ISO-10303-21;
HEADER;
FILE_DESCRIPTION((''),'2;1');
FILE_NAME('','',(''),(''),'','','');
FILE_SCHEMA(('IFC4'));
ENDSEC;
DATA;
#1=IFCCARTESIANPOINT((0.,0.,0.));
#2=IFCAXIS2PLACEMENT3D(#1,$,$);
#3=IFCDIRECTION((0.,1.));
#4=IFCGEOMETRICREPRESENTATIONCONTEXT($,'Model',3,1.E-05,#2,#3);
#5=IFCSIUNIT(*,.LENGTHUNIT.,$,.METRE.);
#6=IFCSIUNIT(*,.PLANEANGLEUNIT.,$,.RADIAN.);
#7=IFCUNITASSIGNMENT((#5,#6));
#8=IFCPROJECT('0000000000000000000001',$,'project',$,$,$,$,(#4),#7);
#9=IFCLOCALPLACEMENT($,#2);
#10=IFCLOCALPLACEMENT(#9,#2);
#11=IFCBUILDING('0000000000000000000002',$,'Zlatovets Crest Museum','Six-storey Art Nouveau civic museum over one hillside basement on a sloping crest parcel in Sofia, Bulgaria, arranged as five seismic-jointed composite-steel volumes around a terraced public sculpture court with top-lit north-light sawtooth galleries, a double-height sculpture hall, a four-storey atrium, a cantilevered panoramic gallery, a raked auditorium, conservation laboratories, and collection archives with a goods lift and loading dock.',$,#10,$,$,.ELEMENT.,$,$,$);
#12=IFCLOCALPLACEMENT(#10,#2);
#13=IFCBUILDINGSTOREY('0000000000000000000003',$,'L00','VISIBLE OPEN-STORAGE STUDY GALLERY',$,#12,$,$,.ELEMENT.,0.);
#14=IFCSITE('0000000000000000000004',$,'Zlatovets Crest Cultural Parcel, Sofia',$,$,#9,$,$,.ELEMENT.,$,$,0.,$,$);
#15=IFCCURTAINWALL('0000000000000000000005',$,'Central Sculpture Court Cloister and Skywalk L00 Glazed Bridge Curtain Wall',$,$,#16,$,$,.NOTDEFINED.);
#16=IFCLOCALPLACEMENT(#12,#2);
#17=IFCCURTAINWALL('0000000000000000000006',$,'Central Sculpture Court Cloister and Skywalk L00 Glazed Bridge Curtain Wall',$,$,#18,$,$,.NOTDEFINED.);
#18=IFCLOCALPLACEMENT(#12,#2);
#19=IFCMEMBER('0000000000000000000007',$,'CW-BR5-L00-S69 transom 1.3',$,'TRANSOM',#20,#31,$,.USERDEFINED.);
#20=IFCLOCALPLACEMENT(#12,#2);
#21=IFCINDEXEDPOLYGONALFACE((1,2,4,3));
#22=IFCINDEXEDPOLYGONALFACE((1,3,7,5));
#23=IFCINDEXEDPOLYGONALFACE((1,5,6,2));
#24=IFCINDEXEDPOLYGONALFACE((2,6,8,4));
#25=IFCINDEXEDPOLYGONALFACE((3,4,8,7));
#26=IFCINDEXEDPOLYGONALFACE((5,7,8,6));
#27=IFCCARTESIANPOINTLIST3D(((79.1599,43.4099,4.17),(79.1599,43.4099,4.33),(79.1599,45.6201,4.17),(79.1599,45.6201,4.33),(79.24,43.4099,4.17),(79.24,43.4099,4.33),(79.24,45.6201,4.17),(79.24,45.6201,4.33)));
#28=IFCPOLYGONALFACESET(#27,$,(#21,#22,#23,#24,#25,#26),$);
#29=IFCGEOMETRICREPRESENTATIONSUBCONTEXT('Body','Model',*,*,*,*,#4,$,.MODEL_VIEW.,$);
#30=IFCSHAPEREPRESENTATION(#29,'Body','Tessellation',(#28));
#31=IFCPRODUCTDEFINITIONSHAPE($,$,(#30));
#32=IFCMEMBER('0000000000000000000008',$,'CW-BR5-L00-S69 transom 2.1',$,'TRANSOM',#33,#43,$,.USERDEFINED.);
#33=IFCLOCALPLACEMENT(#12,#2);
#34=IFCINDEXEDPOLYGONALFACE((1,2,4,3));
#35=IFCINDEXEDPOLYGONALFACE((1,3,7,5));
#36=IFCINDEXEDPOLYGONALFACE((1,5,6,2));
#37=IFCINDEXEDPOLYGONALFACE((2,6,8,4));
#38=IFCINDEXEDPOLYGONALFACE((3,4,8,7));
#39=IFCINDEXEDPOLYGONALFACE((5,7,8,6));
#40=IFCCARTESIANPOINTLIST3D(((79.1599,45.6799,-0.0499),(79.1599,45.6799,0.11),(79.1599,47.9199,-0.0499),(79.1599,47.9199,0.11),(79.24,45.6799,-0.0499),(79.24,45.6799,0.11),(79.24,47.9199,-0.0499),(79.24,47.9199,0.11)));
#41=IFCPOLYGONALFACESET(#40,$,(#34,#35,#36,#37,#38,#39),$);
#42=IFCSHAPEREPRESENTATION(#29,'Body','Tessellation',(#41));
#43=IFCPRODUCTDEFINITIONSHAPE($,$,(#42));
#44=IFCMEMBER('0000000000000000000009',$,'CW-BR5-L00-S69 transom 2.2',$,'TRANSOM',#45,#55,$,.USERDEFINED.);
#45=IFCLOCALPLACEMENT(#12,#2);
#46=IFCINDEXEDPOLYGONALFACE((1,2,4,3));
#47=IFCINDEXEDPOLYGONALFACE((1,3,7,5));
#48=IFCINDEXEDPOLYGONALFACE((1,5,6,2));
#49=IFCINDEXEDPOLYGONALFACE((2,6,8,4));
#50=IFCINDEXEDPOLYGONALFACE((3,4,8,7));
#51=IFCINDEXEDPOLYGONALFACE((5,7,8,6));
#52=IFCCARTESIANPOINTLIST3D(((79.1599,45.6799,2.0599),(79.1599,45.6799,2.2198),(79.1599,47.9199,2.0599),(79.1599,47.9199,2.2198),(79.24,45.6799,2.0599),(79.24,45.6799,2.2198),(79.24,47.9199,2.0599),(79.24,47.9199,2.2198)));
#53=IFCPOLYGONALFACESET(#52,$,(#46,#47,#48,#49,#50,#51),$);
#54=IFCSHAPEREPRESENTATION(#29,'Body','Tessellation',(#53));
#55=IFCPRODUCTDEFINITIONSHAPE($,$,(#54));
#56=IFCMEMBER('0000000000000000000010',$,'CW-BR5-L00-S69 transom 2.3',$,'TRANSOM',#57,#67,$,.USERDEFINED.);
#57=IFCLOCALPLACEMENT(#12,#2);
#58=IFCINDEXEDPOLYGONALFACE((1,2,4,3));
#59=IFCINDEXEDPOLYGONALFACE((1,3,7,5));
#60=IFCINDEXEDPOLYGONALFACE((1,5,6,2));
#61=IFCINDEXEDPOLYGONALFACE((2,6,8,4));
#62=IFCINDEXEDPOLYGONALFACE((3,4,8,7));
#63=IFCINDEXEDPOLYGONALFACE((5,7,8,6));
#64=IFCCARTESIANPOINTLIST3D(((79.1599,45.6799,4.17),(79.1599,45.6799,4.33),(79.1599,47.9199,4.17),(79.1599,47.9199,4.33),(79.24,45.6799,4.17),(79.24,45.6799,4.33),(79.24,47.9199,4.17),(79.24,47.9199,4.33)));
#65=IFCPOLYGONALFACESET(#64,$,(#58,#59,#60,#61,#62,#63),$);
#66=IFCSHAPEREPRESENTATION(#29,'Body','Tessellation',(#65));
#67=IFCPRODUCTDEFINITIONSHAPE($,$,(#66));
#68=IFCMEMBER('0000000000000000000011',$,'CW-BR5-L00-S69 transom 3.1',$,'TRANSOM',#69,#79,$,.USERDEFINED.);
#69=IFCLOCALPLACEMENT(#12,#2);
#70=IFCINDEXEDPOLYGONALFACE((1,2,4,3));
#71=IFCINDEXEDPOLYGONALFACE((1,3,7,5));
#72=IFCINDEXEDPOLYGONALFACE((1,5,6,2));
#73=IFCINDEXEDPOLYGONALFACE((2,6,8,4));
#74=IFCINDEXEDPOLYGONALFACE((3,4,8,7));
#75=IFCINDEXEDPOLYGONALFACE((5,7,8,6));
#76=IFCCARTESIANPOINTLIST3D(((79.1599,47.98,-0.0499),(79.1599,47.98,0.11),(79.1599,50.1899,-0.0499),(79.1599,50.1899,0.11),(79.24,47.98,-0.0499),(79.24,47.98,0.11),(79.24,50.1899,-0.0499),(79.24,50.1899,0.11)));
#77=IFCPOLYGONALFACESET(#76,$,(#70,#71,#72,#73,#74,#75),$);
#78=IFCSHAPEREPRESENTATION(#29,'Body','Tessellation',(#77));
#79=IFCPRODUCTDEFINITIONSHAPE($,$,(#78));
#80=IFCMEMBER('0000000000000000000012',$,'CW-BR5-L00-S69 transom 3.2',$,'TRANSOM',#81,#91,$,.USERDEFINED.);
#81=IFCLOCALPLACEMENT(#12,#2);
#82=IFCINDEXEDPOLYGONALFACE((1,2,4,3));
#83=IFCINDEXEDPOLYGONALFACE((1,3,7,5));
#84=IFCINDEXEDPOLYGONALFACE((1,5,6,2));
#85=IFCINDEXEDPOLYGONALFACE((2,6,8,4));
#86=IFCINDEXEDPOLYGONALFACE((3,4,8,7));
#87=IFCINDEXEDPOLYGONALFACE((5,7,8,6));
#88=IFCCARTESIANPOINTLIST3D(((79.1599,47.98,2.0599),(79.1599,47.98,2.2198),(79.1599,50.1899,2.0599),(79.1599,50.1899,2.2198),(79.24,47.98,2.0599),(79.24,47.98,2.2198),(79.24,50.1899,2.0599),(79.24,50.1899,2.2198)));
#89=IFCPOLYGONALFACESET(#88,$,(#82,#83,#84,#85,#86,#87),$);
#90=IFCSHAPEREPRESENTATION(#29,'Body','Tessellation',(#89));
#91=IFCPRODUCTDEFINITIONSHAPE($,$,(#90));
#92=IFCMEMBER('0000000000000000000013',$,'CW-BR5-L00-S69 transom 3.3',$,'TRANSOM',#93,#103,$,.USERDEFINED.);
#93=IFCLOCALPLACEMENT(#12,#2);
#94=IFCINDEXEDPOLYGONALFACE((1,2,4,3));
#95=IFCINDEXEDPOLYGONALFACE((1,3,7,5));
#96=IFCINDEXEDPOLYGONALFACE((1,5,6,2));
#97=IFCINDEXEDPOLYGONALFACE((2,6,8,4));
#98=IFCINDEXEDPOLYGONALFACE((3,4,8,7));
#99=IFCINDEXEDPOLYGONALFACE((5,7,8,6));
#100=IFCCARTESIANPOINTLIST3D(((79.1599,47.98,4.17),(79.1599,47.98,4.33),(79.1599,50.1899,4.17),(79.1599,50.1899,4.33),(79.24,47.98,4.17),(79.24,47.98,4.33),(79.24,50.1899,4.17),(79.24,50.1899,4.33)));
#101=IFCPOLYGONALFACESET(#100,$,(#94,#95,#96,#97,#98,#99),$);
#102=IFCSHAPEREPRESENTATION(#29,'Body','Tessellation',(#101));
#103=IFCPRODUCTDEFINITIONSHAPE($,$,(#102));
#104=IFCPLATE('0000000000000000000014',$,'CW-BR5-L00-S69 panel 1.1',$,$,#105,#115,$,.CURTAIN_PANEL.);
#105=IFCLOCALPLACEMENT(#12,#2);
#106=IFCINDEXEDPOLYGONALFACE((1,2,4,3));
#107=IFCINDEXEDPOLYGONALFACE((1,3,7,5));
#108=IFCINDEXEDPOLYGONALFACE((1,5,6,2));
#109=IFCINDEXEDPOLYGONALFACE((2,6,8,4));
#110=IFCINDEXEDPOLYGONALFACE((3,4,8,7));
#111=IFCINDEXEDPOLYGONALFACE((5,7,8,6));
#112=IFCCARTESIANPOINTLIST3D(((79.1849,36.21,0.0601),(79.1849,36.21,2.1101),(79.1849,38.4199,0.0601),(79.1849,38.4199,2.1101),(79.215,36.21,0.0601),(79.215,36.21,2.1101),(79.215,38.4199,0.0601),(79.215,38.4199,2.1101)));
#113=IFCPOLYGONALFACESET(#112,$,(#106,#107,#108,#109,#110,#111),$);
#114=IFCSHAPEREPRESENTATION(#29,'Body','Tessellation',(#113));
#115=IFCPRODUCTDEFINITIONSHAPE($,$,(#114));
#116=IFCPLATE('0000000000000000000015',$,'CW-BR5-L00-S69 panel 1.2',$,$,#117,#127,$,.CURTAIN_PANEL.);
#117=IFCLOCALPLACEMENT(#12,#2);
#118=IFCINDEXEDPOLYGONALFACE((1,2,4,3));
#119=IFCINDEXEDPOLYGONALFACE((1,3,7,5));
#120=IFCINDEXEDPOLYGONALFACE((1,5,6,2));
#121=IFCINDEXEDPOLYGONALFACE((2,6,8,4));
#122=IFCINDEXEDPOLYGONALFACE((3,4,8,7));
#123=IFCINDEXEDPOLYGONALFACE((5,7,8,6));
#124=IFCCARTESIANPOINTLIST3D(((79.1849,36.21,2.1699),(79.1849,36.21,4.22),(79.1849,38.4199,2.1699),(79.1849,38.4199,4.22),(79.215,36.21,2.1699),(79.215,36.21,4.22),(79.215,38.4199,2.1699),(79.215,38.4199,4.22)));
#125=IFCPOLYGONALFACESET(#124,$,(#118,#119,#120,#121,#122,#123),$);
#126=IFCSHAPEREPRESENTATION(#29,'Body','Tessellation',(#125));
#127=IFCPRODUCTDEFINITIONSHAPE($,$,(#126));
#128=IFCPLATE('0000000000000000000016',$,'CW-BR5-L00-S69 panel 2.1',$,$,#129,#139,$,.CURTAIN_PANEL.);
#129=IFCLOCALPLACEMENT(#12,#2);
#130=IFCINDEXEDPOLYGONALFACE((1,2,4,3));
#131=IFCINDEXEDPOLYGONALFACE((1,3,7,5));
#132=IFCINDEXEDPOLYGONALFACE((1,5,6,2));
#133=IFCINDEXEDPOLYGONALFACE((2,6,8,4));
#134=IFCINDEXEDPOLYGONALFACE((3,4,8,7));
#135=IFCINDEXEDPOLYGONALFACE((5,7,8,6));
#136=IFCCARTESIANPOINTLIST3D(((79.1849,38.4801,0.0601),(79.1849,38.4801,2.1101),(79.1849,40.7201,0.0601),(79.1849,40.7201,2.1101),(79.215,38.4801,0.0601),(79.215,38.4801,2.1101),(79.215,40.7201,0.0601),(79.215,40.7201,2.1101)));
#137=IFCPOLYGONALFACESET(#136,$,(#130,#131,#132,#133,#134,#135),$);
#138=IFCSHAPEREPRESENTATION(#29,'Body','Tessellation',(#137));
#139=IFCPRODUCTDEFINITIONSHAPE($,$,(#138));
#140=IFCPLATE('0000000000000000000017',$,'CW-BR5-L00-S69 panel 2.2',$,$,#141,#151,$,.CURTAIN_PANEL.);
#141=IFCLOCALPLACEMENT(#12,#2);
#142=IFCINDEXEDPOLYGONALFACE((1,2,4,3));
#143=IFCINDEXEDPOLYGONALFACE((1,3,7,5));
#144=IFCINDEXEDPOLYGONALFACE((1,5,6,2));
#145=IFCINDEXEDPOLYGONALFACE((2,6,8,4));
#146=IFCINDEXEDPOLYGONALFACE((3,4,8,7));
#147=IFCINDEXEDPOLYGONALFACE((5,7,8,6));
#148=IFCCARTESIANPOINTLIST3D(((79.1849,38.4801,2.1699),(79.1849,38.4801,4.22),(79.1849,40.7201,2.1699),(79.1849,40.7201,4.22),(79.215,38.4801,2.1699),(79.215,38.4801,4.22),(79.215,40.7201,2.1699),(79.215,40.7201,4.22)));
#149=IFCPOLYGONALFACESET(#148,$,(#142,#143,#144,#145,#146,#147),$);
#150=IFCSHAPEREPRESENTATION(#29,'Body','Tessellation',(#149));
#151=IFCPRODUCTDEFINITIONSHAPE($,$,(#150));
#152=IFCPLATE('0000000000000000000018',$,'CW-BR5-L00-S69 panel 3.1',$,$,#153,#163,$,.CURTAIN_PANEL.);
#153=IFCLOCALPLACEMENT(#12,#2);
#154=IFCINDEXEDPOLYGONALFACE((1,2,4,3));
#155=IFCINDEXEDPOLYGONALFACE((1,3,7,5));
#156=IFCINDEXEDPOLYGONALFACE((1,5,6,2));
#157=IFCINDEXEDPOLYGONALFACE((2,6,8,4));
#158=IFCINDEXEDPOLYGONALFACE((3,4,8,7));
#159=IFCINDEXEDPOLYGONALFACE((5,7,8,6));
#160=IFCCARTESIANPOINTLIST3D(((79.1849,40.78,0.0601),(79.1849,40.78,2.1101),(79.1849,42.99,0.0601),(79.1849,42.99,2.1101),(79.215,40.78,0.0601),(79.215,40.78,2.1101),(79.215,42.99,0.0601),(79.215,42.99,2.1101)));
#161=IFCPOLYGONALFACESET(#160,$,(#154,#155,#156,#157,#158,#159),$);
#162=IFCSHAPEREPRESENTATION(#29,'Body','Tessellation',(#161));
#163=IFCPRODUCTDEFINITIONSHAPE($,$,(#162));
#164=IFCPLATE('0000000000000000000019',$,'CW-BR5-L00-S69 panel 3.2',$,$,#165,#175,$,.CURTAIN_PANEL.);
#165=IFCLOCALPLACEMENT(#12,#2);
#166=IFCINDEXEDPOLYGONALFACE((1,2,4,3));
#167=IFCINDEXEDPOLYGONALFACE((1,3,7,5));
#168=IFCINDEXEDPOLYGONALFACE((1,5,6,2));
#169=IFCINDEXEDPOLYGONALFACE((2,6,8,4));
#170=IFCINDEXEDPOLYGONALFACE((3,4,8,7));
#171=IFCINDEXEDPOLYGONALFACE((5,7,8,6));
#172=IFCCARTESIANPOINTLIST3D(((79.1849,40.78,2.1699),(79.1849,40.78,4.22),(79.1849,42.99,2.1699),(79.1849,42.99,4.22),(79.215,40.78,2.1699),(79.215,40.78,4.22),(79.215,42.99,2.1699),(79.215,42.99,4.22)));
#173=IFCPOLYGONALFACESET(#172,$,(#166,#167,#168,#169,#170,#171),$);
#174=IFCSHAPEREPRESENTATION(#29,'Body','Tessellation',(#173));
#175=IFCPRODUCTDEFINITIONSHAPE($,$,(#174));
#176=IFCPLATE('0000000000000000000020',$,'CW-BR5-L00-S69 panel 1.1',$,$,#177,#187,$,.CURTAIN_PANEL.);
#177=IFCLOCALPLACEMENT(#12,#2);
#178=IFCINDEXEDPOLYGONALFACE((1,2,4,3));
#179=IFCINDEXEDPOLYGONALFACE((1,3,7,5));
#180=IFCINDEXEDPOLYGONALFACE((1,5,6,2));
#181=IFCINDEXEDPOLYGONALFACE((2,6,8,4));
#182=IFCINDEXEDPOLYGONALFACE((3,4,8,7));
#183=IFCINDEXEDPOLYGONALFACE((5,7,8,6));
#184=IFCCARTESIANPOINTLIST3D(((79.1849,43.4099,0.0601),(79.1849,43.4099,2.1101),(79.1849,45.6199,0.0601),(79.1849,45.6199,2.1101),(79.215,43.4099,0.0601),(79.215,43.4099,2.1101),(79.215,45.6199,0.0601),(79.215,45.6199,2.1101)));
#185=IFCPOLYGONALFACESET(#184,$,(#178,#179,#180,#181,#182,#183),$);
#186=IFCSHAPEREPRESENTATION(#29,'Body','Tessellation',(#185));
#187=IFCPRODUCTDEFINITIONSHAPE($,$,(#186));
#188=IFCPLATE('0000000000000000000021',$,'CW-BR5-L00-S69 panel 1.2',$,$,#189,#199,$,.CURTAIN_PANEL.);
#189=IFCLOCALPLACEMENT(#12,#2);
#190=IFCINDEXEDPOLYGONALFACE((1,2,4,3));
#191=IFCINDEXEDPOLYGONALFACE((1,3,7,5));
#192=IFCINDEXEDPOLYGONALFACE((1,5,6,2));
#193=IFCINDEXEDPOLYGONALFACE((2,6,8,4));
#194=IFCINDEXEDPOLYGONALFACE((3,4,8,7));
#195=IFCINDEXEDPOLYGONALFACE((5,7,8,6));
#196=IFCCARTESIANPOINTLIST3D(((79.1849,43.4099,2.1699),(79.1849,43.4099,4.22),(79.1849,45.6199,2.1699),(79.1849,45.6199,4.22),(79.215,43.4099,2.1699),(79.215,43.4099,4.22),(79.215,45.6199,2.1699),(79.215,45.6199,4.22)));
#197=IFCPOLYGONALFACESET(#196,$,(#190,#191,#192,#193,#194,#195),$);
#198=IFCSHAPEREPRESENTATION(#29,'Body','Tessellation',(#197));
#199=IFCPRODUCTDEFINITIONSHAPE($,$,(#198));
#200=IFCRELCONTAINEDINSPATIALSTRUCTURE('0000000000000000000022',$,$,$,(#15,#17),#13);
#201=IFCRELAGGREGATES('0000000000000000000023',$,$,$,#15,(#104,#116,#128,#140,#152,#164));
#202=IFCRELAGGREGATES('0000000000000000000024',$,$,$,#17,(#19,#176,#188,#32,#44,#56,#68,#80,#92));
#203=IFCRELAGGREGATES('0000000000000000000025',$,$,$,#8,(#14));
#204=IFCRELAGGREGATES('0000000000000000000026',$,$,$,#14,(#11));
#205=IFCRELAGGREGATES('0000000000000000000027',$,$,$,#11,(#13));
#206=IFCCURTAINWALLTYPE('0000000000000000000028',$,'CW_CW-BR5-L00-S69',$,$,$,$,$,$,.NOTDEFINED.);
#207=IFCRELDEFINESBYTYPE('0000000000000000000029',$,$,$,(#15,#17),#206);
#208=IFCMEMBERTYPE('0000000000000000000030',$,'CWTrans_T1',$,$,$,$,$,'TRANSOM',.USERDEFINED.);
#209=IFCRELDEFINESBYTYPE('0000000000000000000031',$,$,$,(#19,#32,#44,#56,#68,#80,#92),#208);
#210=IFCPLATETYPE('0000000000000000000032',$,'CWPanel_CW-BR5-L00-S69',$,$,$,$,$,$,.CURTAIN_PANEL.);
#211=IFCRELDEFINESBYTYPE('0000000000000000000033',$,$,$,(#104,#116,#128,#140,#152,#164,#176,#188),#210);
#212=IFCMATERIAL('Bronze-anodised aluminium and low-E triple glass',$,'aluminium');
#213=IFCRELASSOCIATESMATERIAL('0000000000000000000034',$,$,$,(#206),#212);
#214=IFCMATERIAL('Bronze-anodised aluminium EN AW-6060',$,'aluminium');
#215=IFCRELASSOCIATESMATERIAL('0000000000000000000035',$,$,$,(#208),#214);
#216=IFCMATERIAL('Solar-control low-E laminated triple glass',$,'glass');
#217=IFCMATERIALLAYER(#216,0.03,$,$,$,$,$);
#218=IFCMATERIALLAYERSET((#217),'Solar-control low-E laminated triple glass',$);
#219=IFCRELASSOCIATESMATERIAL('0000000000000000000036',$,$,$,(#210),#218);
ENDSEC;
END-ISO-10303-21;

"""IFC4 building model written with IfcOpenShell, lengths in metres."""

from ifc_helpers import new_model, si_unit, direction, frame, origin, origin_2d, place, context, subcontext, project, spatial, rectangle, extrude, material, layer, layer_set, material_profile, profile_set, type_object, element, aggregate, save


model = new_model("IFC4")

# Units and contexts
model_context = context("Model", 3, precision=1e-05, world=origin(), true_north=direction((0.0, 1.0)))
body_context = subcontext(model_context, "Body", "Model", "MODEL_VIEW")
ifc_project = project(units=[si_unit("LENGTHUNIT", "METRE"), si_unit("PLANEANGLEUNIT", "RADIAN")], contexts=[model_context])

# Site, building, storey
site_placement = place(None, origin())
site = spatial("IfcSite", under=ifc_project, at=site_placement, Name="Zlatovets Crest Cultural Parcel, Sofia", CompositionType="ELEMENT", RefElevation=0.0)
building_placement = place(site_placement, origin())
building = spatial("IfcBuilding", under=site, at=building_placement, Name="Zlatovets Crest Museum", Description="Six-storey Art Nouveau civic museum over one hillside basement on a sloping crest parcel in Sofia, Bulgaria, arranged as five seismic-jointed composite-steel volumes around a terraced public sculpture court with top-lit north-light sawtooth galleries, a double-height sculpture hall, a four-storey atrium, a cantilevered panoramic gallery, a raked auditorium, conservation laboratories, and collection archives with a goods lift and loading dock.", CompositionType="ELEMENT")
storey_placement = place(building_placement, origin())
storey = spatial("IfcBuildingStorey", under=building, at=storey_placement, Name="L00", Description="VISIBLE OPEN-STORAGE STUDY GALLERY", CompositionType="ELEMENT", Elevation=0.0)

# Curtain walls
ifc_material_1 = material(Name="Bronze-anodised aluminium and low-E triple glass", Category="aluminium")
curtain_wall_type = type_object("IfcCurtainWallType", Name="CW_CW-BR5-L00-S69", PredefinedType="NOTDEFINED", material=ifc_material_1)
curtain_wall_1_placement = place(storey_placement, origin())
curtain_wall_1 = element("IfcCurtainWall", 1, at=curtain_wall_1_placement, inside=storey, type_object=curtain_wall_type, Name="Central Sculpture Court Cloister and Skywalk L00 Glazed Bridge Curtain Wall", PredefinedType="NOTDEFINED")
ifc_material_2 = material(Name="Bronze-anodised aluminium EN AW-6060", Category="aluminium")
curtain_wall_2_placement = place(storey_placement, origin())
curtain_wall_2 = element("IfcCurtainWall", 2, at=curtain_wall_2_placement, inside=storey, type_object=curtain_wall_type, Name="Central Sculpture Court Cloister and Skywalk L00 Glazed Bridge Curtain Wall", PredefinedType="NOTDEFINED")

# Members
ifc_material_profile_1 = material_profile(ifc_material_2, rectangle(XDim=0.0801, YDim=0.1599, at=origin_2d()), Name="ALU 80x160")
ifc_profile_set_1 = profile_set([ifc_material_profile_1], Name="Bronze-anodised aluminium EN AW-6060")
member_type_1 = type_object("IfcMemberType", Name="CWTrans_T1", ElementType="TRANSOM", PredefinedType="USERDEFINED", material=ifc_profile_set_1)
member_1_placement = place(storey_placement, frame((79.2, 43.4099, 4.25), z_axis=(0.0, 1.0, 0.0), x_axis=(-1.0, 0.0, 0.0)))
member_1 = element("IfcMember", 3, at=member_1_placement, type_object=member_type_1, Name="CW-BR5-L00-S69 transom 1.3", ObjectType="TRANSOM", PredefinedType="USERDEFINED", context=body_context, shape_type="SweptSolid", body=[
    extrude(rectangle(XDim=0.0801, YDim=0.1599, at=origin_2d()), origin(), (0.0, 0.0, 1.0), 2.2102),
])
member_2_placement = place(storey_placement, frame((79.2, 45.6799, 0.03), z_axis=(0.0, 1.0, 0.0), x_axis=(-1.0, 0.0, 0.0)))
member_2 = element("IfcMember", 4, at=member_2_placement, type_object=member_type_1, Name="CW-BR5-L00-S69 transom 2.1", ObjectType="TRANSOM", PredefinedType="USERDEFINED", context=body_context, shape_type="SweptSolid", body=[
    extrude(rectangle(XDim=0.0801, YDim=0.1599, at=origin_2d()), origin(), (0.0, 0.0, 1.0), 2.24),
])
member_3_placement = place(storey_placement, frame((79.2, 45.6799, 2.1399), z_axis=(0.0, 1.0, 0.0), x_axis=(-1.0, 0.0, 0.0)))
member_3 = element("IfcMember", 5, at=member_3_placement, type_object=member_type_1, Name="CW-BR5-L00-S69 transom 2.2", ObjectType="TRANSOM", PredefinedType="USERDEFINED", context=body_context, shape_type="SweptSolid", body=[
    extrude(rectangle(XDim=0.0801, YDim=0.1599, at=origin_2d()), origin(), (0.0, 0.0, 1.0), 2.24),
])
member_4_placement = place(storey_placement, frame((79.2, 45.6799, 4.25), z_axis=(0.0, 1.0, 0.0), x_axis=(-1.0, 0.0, 0.0)))
member_4 = element("IfcMember", 6, at=member_4_placement, type_object=member_type_1, Name="CW-BR5-L00-S69 transom 2.3", ObjectType="TRANSOM", PredefinedType="USERDEFINED", context=body_context, shape_type="SweptSolid", body=[
    extrude(rectangle(XDim=0.0801, YDim=0.1599, at=origin_2d()), origin(), (0.0, 0.0, 1.0), 2.24),
])
member_5_placement = place(storey_placement, frame((79.2, 47.98, 0.03), z_axis=(0.0, 1.0, 0.0), x_axis=(-1.0, 0.0, 0.0)))
member_5 = element("IfcMember", 7, at=member_5_placement, type_object=member_type_1, Name="CW-BR5-L00-S69 transom 3.1", ObjectType="TRANSOM", PredefinedType="USERDEFINED", context=body_context, shape_type="SweptSolid", body=[
    extrude(rectangle(XDim=0.0801, YDim=0.1599, at=origin_2d()), origin(), (0.0, 0.0, 1.0), 2.21),
])
member_6_placement = place(storey_placement, frame((79.2, 47.98, 2.1399), z_axis=(0.0, 1.0, 0.0), x_axis=(-1.0, 0.0, 0.0)))
member_6 = element("IfcMember", 8, at=member_6_placement, type_object=member_type_1, Name="CW-BR5-L00-S69 transom 3.2", ObjectType="TRANSOM", PredefinedType="USERDEFINED", context=body_context, shape_type="SweptSolid", body=[
    extrude(rectangle(XDim=0.0801, YDim=0.1599, at=origin_2d()), origin(), (0.0, 0.0, 1.0), 2.21),
])
member_7_placement = place(storey_placement, frame((79.2, 47.98, 4.25), z_axis=(0.0, 1.0, 0.0), x_axis=(-1.0, 0.0, 0.0)))
member_7 = element("IfcMember", 9, at=member_7_placement, type_object=member_type_1, Name="CW-BR5-L00-S69 transom 3.3", ObjectType="TRANSOM", PredefinedType="USERDEFINED", context=body_context, shape_type="SweptSolid", body=[
    extrude(rectangle(XDim=0.0801, YDim=0.1599, at=origin_2d()), origin(), (0.0, 0.0, 1.0), 2.21),
])

# Plates
ifc_material_3 = material(Name="Solar-control low-E laminated triple glass", Category="glass")
ifc_layer = layer(ifc_material_3, 0.03)
ifc_layer_set = layer_set([ifc_layer], Name="Solar-control low-E laminated triple glass")
plate_type = type_object("IfcPlateType", Name="CWPanel_CW-BR5-L00-S69", PredefinedType="CURTAIN_PANEL", material=ifc_layer_set)
plate_1_placement = place(storey_placement, frame((79.2, 37.3149, 0.0601), z_axis=(0.0, 0.0, 1.0), x_axis=(0.0, 1.0, 0.0)))
plate_1 = element("IfcPlate", 10, at=plate_1_placement, type_object=plate_type, Name="CW-BR5-L00-S69 panel 1.1", PredefinedType="CURTAIN_PANEL", context=body_context, shape_type="SweptSolid", body=[
    extrude(rectangle(XDim=2.21, YDim=0.03, at=origin_2d()), origin(), (0.0, 0.0, 1.0), 2.05),
])
plate_2_placement = place(storey_placement, frame((79.2, 37.3149, 2.1699), z_axis=(0.0, 0.0, 1.0), x_axis=(0.0, 1.0, 0.0)))
plate_2 = element("IfcPlate", 11, at=plate_2_placement, type_object=plate_type, Name="CW-BR5-L00-S69 panel 1.2", PredefinedType="CURTAIN_PANEL", context=body_context, shape_type="SweptSolid", body=[
    extrude(rectangle(XDim=2.21, YDim=0.03, at=origin_2d()), origin(), (0.0, 0.0, 1.0), 2.05),
])
plate_3_placement = place(storey_placement, frame((79.2, 39.6001, 0.0601), z_axis=(0.0, 0.0, 1.0), x_axis=(0.0, 1.0, 0.0)))
plate_3 = element("IfcPlate", 12, at=plate_3_placement, type_object=plate_type, Name="CW-BR5-L00-S69 panel 2.1", PredefinedType="CURTAIN_PANEL", context=body_context, shape_type="SweptSolid", body=[
    extrude(rectangle(XDim=2.24, YDim=0.03, at=origin_2d()), origin(), (0.0, 0.0, 1.0), 2.05),
])
plate_4_placement = place(storey_placement, frame((79.2, 39.6001, 2.1699), z_axis=(0.0, 0.0, 1.0), x_axis=(0.0, 1.0, 0.0)))
plate_4 = element("IfcPlate", 13, at=plate_4_placement, type_object=plate_type, Name="CW-BR5-L00-S69 panel 2.2", PredefinedType="CURTAIN_PANEL", context=body_context, shape_type="SweptSolid", body=[
    extrude(rectangle(XDim=2.24, YDim=0.03, at=origin_2d()), origin(), (0.0, 0.0, 1.0), 2.05),
])
plate_5_placement = place(storey_placement, frame((79.2, 41.885, 0.0601), z_axis=(0.0, 0.0, 1.0), x_axis=(0.0, 1.0, 0.0)))
plate_5 = element("IfcPlate", 14, at=plate_5_placement, type_object=plate_type, Name="CW-BR5-L00-S69 panel 3.1", PredefinedType="CURTAIN_PANEL", context=body_context, shape_type="SweptSolid", body=[
    extrude(rectangle(XDim=2.21, YDim=0.03, at=origin_2d()), origin(), (0.0, 0.0, 1.0), 2.05),
])
plate_6_placement = place(storey_placement, frame((79.2, 41.885, 2.1699), z_axis=(0.0, 0.0, 1.0), x_axis=(0.0, 1.0, 0.0)))
plate_6 = element("IfcPlate", 15, at=plate_6_placement, type_object=plate_type, Name="CW-BR5-L00-S69 panel 3.2", PredefinedType="CURTAIN_PANEL", context=body_context, shape_type="SweptSolid", body=[
    extrude(rectangle(XDim=2.21, YDim=0.03, at=origin_2d()), origin(), (0.0, 0.0, 1.0), 2.05),
])
aggregate(curtain_wall_1, [plate_1, plate_2, plate_3, plate_4, plate_5, plate_6])
plate_7_placement = place(storey_placement, frame((79.2, 44.5149, 0.0601), z_axis=(0.0, 0.0, 1.0), x_axis=(0.0, 1.0, 0.0)))
plate_7 = element("IfcPlate", 16, at=plate_7_placement, type_object=plate_type, Name="CW-BR5-L00-S69 panel 1.1", PredefinedType="CURTAIN_PANEL", context=body_context, shape_type="SweptSolid", body=[
    extrude(rectangle(XDim=2.21, YDim=0.03, at=origin_2d()), origin(), (0.0, 0.0, 1.0), 2.05),
])
plate_8_placement = place(storey_placement, frame((79.2, 44.5149, 2.1699), z_axis=(0.0, 0.0, 1.0), x_axis=(0.0, 1.0, 0.0)))
plate_8 = element("IfcPlate", 17, at=plate_8_placement, type_object=plate_type, Name="CW-BR5-L00-S69 panel 1.2", PredefinedType="CURTAIN_PANEL", context=body_context, shape_type="SweptSolid", body=[
    extrude(rectangle(XDim=2.21, YDim=0.03, at=origin_2d()), origin(), (0.0, 0.0, 1.0), 2.05),
])
aggregate(curtain_wall_2, [member_1, plate_7, plate_8, member_2, member_3, member_4, member_5, member_6, member_7])

save(model, "model.ifc")
